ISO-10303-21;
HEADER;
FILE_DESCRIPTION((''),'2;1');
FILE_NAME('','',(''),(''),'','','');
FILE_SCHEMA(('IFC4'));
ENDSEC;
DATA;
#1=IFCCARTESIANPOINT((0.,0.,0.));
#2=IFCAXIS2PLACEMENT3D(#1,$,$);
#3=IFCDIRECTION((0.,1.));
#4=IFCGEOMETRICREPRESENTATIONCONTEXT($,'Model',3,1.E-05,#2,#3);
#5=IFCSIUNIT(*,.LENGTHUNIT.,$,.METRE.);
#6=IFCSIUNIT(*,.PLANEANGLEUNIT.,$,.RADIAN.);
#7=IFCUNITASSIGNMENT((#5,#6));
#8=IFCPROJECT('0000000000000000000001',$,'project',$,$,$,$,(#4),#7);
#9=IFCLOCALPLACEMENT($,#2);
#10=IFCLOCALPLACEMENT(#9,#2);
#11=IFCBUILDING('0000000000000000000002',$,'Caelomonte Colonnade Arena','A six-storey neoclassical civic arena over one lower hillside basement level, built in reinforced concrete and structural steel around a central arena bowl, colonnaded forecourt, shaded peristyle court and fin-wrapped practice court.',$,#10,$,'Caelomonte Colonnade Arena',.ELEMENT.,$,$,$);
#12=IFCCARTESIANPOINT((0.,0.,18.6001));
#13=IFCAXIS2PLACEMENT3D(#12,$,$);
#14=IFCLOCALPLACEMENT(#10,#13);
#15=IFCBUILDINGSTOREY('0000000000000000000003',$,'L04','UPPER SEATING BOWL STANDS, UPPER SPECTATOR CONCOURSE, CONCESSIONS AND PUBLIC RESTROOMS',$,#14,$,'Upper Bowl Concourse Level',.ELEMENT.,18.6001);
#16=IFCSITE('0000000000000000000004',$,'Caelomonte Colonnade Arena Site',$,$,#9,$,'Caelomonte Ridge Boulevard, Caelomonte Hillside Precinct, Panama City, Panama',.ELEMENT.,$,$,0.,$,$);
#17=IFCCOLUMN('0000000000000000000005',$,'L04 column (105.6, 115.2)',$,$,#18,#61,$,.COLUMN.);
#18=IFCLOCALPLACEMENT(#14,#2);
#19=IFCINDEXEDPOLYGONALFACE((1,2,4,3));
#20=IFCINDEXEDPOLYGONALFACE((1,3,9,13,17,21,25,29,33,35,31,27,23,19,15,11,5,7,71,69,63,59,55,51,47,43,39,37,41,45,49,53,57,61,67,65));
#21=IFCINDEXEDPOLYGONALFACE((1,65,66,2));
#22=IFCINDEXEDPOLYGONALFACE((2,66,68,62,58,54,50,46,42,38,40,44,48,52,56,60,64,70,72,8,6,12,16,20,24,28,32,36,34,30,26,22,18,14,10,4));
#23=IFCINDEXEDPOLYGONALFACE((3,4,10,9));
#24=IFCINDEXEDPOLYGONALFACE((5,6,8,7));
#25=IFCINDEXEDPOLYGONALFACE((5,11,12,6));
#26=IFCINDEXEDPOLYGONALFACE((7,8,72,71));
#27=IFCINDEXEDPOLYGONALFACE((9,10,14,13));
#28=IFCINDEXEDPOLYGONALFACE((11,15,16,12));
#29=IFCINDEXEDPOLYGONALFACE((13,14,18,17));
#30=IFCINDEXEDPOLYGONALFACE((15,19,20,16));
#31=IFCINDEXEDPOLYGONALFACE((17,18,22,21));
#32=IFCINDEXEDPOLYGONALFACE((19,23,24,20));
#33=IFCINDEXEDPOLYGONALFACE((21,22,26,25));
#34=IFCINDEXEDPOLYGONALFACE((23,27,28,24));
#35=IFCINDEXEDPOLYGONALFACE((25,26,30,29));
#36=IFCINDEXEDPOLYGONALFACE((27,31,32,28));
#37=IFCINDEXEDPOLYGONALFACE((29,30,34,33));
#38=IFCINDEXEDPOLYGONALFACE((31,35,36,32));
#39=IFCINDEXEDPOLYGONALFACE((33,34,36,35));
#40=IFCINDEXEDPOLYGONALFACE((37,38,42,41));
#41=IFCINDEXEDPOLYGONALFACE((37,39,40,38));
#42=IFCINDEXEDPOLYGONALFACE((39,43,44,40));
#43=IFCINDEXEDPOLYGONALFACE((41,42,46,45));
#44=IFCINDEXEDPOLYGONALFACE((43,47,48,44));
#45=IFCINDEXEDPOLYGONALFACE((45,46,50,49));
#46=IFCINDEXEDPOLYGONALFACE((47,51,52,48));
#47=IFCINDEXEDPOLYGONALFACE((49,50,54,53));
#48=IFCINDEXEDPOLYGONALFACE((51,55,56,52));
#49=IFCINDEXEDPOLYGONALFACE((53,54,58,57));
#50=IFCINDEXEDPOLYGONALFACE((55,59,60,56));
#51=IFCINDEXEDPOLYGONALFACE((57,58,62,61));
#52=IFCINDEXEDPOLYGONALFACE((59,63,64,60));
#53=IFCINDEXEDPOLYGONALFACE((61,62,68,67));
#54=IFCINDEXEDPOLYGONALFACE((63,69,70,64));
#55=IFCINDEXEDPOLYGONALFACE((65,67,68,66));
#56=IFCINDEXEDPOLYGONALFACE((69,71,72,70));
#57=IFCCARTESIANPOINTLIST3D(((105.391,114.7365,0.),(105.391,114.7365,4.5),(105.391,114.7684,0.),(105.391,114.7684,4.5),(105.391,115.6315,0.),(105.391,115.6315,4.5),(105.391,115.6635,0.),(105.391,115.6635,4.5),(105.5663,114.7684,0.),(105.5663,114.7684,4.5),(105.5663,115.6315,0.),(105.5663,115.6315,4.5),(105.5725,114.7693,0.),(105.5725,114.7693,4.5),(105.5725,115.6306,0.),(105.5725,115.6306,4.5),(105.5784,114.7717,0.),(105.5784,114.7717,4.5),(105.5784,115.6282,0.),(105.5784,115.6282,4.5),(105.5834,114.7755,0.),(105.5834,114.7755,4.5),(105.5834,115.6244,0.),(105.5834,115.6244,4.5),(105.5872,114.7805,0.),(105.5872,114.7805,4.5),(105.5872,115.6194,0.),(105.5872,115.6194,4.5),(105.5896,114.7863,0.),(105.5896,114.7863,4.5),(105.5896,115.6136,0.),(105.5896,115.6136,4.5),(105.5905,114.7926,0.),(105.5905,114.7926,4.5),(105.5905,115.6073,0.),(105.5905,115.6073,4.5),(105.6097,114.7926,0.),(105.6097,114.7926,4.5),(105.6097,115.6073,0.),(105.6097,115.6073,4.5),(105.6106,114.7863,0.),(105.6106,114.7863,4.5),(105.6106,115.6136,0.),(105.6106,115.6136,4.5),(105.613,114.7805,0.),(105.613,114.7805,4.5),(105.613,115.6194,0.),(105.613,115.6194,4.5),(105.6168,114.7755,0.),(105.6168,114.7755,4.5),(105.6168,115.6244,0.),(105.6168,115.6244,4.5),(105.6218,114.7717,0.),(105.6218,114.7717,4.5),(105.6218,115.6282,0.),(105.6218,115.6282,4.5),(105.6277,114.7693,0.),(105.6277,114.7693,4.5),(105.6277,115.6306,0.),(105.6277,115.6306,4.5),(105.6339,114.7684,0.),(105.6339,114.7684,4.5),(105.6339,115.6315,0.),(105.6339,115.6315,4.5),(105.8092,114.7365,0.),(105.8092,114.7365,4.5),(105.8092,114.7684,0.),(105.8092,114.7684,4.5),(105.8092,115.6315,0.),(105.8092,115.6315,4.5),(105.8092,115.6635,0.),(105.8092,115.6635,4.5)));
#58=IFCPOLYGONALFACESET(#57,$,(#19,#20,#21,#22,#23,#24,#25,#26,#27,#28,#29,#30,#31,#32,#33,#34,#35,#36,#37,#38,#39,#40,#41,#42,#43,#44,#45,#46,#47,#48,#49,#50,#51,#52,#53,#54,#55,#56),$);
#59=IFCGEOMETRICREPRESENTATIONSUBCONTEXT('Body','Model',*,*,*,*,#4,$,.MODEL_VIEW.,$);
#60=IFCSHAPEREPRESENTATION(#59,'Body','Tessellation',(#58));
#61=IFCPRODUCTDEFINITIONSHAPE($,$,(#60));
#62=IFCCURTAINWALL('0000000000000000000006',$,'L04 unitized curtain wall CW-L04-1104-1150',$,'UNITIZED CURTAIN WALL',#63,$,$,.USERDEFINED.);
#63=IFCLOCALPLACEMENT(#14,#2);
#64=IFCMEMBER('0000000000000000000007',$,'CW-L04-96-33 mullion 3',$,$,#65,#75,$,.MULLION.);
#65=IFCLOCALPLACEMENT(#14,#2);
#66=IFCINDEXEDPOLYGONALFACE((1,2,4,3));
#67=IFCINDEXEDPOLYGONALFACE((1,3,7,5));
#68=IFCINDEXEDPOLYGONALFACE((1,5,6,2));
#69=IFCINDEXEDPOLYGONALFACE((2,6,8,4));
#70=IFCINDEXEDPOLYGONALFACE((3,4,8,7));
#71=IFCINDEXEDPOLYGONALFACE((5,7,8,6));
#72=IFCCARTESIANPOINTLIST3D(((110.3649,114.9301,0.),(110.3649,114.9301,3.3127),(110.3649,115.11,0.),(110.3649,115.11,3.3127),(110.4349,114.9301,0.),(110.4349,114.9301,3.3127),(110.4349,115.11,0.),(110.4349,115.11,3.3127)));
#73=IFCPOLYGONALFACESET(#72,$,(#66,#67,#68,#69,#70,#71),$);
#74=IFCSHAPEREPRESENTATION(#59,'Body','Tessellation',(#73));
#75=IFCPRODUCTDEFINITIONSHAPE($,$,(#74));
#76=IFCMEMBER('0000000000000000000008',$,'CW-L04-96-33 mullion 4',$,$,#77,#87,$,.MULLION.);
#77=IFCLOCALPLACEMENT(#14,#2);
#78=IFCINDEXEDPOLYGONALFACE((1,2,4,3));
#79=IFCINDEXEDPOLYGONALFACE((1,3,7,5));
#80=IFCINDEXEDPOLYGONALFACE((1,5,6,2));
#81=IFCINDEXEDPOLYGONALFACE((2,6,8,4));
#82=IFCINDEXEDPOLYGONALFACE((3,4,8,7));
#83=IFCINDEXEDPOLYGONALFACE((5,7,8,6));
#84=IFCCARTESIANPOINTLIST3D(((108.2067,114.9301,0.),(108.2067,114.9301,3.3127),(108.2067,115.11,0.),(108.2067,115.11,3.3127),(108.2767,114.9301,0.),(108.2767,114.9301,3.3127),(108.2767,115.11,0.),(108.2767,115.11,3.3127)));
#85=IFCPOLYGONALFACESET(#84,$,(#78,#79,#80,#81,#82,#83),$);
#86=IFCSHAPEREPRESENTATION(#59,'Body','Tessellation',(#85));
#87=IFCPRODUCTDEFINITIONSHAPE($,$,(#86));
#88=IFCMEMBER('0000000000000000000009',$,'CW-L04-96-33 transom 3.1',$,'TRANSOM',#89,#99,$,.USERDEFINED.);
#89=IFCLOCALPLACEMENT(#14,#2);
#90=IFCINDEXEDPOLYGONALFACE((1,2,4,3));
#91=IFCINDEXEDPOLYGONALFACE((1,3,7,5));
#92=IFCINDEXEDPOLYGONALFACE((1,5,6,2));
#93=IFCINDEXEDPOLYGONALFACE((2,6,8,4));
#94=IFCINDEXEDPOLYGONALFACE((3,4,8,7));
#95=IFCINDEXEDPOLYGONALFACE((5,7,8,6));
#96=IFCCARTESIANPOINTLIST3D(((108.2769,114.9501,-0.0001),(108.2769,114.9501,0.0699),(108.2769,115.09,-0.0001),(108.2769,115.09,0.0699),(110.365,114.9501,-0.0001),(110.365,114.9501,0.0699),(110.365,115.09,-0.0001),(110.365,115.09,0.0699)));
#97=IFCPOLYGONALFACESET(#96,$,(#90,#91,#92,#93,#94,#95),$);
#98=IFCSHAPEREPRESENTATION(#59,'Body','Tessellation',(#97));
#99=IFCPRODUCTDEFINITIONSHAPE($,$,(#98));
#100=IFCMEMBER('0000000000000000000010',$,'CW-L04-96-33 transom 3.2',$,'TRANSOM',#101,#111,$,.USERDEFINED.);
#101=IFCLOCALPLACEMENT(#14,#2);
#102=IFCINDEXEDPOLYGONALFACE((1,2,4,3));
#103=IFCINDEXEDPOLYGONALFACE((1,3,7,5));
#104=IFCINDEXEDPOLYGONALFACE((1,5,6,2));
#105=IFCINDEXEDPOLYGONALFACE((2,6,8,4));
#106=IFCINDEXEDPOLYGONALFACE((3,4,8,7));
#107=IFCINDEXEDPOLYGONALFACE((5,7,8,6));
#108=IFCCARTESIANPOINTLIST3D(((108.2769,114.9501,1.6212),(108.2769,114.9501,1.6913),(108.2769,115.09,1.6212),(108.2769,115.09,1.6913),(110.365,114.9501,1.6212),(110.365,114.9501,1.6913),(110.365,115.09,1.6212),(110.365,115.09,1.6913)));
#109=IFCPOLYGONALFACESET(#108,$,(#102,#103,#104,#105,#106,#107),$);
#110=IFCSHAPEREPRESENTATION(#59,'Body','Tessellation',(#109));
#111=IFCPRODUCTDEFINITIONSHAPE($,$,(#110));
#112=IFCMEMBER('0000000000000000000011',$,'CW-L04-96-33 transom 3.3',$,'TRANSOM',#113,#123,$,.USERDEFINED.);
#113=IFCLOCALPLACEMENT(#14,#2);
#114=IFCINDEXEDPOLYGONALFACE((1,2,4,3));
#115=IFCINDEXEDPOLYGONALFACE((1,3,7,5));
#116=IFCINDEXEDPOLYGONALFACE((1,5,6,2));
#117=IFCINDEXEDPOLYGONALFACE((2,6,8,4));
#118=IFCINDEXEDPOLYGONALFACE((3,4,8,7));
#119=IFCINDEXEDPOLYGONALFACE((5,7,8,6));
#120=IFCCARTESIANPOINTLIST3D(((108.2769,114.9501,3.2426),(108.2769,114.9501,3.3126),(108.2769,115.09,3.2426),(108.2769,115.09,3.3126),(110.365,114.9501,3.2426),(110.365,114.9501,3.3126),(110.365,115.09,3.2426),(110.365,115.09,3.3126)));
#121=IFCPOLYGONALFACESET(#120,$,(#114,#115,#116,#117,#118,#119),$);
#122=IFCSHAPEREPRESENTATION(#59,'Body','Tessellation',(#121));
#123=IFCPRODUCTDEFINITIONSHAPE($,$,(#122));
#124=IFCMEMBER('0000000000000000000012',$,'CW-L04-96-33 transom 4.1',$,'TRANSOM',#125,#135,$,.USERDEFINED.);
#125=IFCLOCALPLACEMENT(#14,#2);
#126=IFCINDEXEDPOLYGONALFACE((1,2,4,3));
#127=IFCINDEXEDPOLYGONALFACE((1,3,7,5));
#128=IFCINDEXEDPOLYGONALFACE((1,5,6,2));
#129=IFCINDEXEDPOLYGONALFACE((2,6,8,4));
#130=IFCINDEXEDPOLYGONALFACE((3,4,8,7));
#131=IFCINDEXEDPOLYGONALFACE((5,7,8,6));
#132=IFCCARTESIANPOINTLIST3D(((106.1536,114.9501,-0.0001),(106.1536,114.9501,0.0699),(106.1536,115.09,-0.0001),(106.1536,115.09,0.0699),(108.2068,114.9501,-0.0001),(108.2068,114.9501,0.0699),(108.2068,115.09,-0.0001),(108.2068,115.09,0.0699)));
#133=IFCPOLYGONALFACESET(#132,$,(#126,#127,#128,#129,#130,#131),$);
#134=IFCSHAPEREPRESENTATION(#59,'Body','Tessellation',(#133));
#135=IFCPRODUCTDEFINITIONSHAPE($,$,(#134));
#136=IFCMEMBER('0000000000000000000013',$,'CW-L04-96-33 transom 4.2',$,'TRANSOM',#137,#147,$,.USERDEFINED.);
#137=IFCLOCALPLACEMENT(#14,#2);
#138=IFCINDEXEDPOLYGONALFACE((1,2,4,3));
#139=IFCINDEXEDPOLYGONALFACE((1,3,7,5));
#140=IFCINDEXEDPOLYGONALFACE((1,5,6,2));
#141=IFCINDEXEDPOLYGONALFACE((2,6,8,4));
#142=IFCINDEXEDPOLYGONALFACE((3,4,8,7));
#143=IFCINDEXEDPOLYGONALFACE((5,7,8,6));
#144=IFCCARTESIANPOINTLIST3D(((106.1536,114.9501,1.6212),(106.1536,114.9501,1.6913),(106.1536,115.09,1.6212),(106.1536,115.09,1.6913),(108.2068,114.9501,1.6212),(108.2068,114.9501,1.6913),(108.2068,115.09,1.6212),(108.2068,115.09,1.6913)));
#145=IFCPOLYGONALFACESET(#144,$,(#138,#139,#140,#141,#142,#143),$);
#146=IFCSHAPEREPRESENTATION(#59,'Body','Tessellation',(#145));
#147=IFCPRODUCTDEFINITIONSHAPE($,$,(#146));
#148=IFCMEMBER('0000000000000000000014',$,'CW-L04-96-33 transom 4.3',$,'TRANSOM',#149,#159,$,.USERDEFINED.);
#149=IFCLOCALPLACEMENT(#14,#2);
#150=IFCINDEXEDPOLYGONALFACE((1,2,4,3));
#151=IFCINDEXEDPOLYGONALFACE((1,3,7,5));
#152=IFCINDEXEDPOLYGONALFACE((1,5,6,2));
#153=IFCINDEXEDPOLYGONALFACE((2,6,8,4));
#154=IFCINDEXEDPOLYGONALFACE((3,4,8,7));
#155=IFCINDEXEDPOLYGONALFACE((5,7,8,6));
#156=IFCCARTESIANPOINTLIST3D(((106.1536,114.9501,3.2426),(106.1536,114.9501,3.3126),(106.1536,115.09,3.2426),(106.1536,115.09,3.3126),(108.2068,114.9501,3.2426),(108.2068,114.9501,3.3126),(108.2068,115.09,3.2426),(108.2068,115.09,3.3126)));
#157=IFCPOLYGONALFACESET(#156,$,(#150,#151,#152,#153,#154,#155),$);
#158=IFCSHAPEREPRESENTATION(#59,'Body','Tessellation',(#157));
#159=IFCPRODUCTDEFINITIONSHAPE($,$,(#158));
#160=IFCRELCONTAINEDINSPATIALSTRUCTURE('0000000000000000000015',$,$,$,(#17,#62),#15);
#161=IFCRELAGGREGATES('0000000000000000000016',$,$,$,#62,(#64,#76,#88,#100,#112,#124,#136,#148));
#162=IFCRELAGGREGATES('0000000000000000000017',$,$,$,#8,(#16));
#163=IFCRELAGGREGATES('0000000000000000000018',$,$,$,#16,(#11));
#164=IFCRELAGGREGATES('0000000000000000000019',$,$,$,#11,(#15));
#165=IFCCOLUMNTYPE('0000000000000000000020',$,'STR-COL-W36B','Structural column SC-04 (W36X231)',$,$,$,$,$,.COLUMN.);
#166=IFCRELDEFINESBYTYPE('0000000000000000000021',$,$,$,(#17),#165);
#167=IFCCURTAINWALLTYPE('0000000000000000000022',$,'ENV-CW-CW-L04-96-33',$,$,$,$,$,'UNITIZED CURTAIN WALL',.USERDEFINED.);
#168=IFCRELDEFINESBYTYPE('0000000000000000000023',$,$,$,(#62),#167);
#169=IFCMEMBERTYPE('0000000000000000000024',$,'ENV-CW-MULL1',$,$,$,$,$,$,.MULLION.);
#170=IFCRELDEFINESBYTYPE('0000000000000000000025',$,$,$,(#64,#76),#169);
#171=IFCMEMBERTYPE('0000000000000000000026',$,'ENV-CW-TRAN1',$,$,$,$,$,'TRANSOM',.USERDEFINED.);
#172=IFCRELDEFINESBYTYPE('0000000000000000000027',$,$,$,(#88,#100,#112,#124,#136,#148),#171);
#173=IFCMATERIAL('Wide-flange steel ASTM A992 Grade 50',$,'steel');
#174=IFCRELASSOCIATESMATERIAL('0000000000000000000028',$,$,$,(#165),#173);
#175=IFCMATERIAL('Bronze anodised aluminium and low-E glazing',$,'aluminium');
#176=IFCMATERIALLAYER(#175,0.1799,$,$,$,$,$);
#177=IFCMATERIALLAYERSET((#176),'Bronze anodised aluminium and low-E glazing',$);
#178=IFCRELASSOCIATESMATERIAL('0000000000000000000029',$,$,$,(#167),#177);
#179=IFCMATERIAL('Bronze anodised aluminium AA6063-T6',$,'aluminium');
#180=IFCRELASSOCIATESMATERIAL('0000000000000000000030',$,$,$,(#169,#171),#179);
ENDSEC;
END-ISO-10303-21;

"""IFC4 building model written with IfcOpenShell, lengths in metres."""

from ifc_helpers import new_model, si_unit, direction, frame, origin, origin_2d, place, context, subcontext, project, spatial, rectangle, i_section, extrude, material, layer, layer_set, material_profile, profile_set, type_object, element, aggregate, save


model = new_model("IFC4")

# Units and contexts
model_context = context("Model", 3, precision=1e-05, world=origin(), true_north=direction((0.0, 1.0)))
body_context = subcontext(model_context, "Body", "Model", "MODEL_VIEW")
ifc_project = project(units=[si_unit("LENGTHUNIT", "METRE"), si_unit("PLANEANGLEUNIT", "RADIAN")], contexts=[model_context])

# Site, building, storey
site_placement = place(None, origin())
site = spatial("IfcSite", under=ifc_project, at=site_placement, Name="Caelomonte Colonnade Arena Site", LongName="Caelomonte Ridge Boulevard, Caelomonte Hillside Precinct, Panama City, Panama", CompositionType="ELEMENT", RefElevation=0.0)
building_placement = place(site_placement, origin())
building = spatial("IfcBuilding", under=site, at=building_placement, Name="Caelomonte Colonnade Arena", Description="A six-storey neoclassical civic arena over one lower hillside basement level, built in reinforced concrete and structural steel around a central arena bowl, colonnaded forecourt, shaded peristyle court and fin-wrapped practice court.", LongName="Caelomonte Colonnade Arena", CompositionType="ELEMENT")
storey_placement = place(building_placement, frame((0.0, 0.0, 18.6001)))
storey = spatial("IfcBuildingStorey", under=building, at=storey_placement, Name="L04", Description="UPPER SEATING BOWL STANDS, UPPER SPECTATOR CONCOURSE, CONCESSIONS AND PUBLIC RESTROOMS", LongName="Upper Bowl Concourse Level", CompositionType="ELEMENT", Elevation=18.6001)

# Column
ifc_material_1 = material(Name="Wide-flange steel ASTM A992 Grade 50", Category="steel")
ifc_material_profile_1 = material_profile(ifc_material_1, i_section(OverallWidth=0.4182, OverallDepth=0.927, WebThickness=0.0193, FlangeThickness=0.032, FilletRadius=0.0242, at=origin_2d()), Name="W36X231")
ifc_profile_set_1 = profile_set([ifc_material_profile_1], Name="Wide-flange steel ASTM A992 Grade 50")
column_type = type_object("IfcColumnType", Name="STR-COL-W36B", Description="Structural column SC-04 (W36X231)", PredefinedType="COLUMN", material=ifc_profile_set_1)
column_placement = place(storey_placement, frame((105.6001, 115.2, 0.0), z_axis=(0.0, 0.0, 1.0), x_axis=(1.0, 0.0, 0.0)))
element("IfcColumn", 1, at=column_placement, inside=storey, type_object=column_type, Name="L04 column (105.6, 115.2)", PredefinedType="COLUMN", context=body_context, shape_type="SweptSolid", body=[
    extrude(i_section(OverallWidth=0.4182, OverallDepth=0.927, WebThickness=0.0193, FlangeThickness=0.032, FilletRadius=0.0242, at=origin_2d()), origin(), (0.0, 0.0, 1.0), 4.5),
])

# Curtain wall, members
ifc_material_2 = material(Name="Bronze anodised aluminium and low-E glazing", Category="aluminium")
ifc_layer_1 = layer(ifc_material_2, 0.1799)
ifc_layer_set_1 = layer_set([ifc_layer_1], Name="Bronze anodised aluminium and low-E glazing")
curtain_wall_type = type_object("IfcCurtainWallType", Name="ENV-CW-CW-L04-96-33", ElementType="UNITIZED CURTAIN WALL", PredefinedType="USERDEFINED", material=ifc_layer_set_1)
curtain_wall_placement = place(storey_placement, origin())
curtain_wall = element("IfcCurtainWall", 2, at=curtain_wall_placement, inside=storey, type_object=curtain_wall_type, Name="L04 unitized curtain wall CW-L04-1104-1150", ObjectType="UNITIZED CURTAIN WALL", PredefinedType="USERDEFINED")
ifc_material_3 = material(Name="Bronze anodised aluminium AA6063-T6", Category="aluminium")
ifc_material_profile_2 = material_profile(ifc_material_3, rectangle(XDim=0.0701, YDim=0.1799, at=origin_2d()), Name="CWM-70X180")
ifc_profile_set_2 = profile_set([ifc_material_profile_2], Name="Bronze anodised aluminium AA6063-T6")
member_type_1 = type_object("IfcMemberType", Name="ENV-CW-MULL1", PredefinedType="MULLION", material=ifc_profile_set_2)
member_1_placement = place(storey_placement, frame((110.3999, 115.02, 0.0), z_axis=(0.0, 0.0, 1.0), x_axis=(-1.0, 0.0, 0.0)))
member_1 = element("IfcMember", 3, at=member_1_placement, type_object=member_type_1, Name="CW-L04-96-33 mullion 3", PredefinedType="MULLION", context=body_context, shape_type="SweptSolid", body=[
    extrude(rectangle(XDim=0.0701, YDim=0.1799, at=origin_2d()), origin(), (0.0, 0.0, 1.0), 3.3127),
])
member_2_placement = place(storey_placement, frame((108.2417, 115.02, 0.0), z_axis=(0.0, 0.0, 1.0), x_axis=(-1.0, 0.0, 0.0)))
member_2 = element("IfcMember", 4, at=member_2_placement, type_object=member_type_1, Name="CW-L04-96-33 mullion 4", PredefinedType="MULLION", context=body_context, shape_type="SweptSolid", body=[
    extrude(rectangle(XDim=0.0701, YDim=0.1799, at=origin_2d()), origin(), (0.0, 0.0, 1.0), 3.3127),
])
ifc_material_profile_3 = material_profile(ifc_material_3, rectangle(XDim=0.0701, YDim=0.1399, at=origin_2d()), Name="CWT-70X140")
ifc_profile_set_3 = profile_set([ifc_material_profile_3], Name="Bronze anodised aluminium AA6063-T6")
member_type_2 = type_object("IfcMemberType", Name="ENV-CW-TRAN1", ElementType="TRANSOM", PredefinedType="USERDEFINED", material=ifc_profile_set_3)
member_3_placement = place(storey_placement, frame((110.365, 115.02, 0.0349), z_axis=(-1.0, 0.0, 0.0), x_axis=(0.0, 0.0, 1.0)))
member_3 = element("IfcMember", 5, at=member_3_placement, type_object=member_type_2, Name="CW-L04-96-33 transom 3.1", ObjectType="TRANSOM", PredefinedType="USERDEFINED", context=body_context, shape_type="SweptSolid", body=[
    extrude(rectangle(XDim=0.0701, YDim=0.1399, at=origin_2d()), origin(), (0.0, 0.0, 1.0), 2.0881),
])
member_4_placement = place(storey_placement, frame((110.365, 115.02, 1.6562), z_axis=(-1.0, 0.0, 0.0), x_axis=(0.0, 0.0, 1.0)))
member_4 = element("IfcMember", 6, at=member_4_placement, type_object=member_type_2, Name="CW-L04-96-33 transom 3.2", ObjectType="TRANSOM", PredefinedType="USERDEFINED", context=body_context, shape_type="SweptSolid", body=[
    extrude(rectangle(XDim=0.0701, YDim=0.1399, at=origin_2d()), origin(), (0.0, 0.0, 1.0), 2.0881),
])
member_5_placement = place(storey_placement, frame((110.365, 115.02, 3.2776), z_axis=(-1.0, 0.0, 0.0), x_axis=(0.0, 0.0, 1.0)))
member_5 = element("IfcMember", 7, at=member_5_placement, type_object=member_type_2, Name="CW-L04-96-33 transom 3.3", ObjectType="TRANSOM", PredefinedType="USERDEFINED", context=body_context, shape_type="SweptSolid", body=[
    extrude(rectangle(XDim=0.0701, YDim=0.1399, at=origin_2d()), origin(), (0.0, 0.0, 1.0), 2.0881),
])
member_6_placement = place(storey_placement, frame((108.2068, 115.02, 0.0349), z_axis=(-1.0, 0.0, 0.0), x_axis=(0.0, 0.0, 1.0)))
member_6 = element("IfcMember", 8, at=member_6_placement, type_object=member_type_2, Name="CW-L04-96-33 transom 4.1", ObjectType="TRANSOM", PredefinedType="USERDEFINED", context=body_context, shape_type="SweptSolid", body=[
    extrude(rectangle(XDim=0.0701, YDim=0.1399, at=origin_2d()), origin(), (0.0, 0.0, 1.0), 2.0532),
])
member_7_placement = place(storey_placement, frame((108.2068, 115.02, 1.6562), z_axis=(-1.0, 0.0, 0.0), x_axis=(0.0, 0.0, 1.0)))
member_7 = element("IfcMember", 9, at=member_7_placement, type_object=member_type_2, Name="CW-L04-96-33 transom 4.2", ObjectType="TRANSOM", PredefinedType="USERDEFINED", context=body_context, shape_type="SweptSolid", body=[
    extrude(rectangle(XDim=0.0701, YDim=0.1399, at=origin_2d()), origin(), (0.0, 0.0, 1.0), 2.0532),
])
member_8_placement = place(storey_placement, frame((108.2068, 115.02, 3.2776), z_axis=(-1.0, 0.0, 0.0), x_axis=(0.0, 0.0, 1.0)))
member_8 = element("IfcMember", 10, at=member_8_placement, type_object=member_type_2, Name="CW-L04-96-33 transom 4.3", ObjectType="TRANSOM", PredefinedType="USERDEFINED", context=body_context, shape_type="SweptSolid", body=[
    extrude(rectangle(XDim=0.0701, YDim=0.1399, at=origin_2d()), origin(), (0.0, 0.0, 1.0), 2.0532),
])

aggregate(curtain_wall, [member_1, member_2, member_3, member_4, member_5, member_6, member_7, member_8])

save(model, "model.ifc")
